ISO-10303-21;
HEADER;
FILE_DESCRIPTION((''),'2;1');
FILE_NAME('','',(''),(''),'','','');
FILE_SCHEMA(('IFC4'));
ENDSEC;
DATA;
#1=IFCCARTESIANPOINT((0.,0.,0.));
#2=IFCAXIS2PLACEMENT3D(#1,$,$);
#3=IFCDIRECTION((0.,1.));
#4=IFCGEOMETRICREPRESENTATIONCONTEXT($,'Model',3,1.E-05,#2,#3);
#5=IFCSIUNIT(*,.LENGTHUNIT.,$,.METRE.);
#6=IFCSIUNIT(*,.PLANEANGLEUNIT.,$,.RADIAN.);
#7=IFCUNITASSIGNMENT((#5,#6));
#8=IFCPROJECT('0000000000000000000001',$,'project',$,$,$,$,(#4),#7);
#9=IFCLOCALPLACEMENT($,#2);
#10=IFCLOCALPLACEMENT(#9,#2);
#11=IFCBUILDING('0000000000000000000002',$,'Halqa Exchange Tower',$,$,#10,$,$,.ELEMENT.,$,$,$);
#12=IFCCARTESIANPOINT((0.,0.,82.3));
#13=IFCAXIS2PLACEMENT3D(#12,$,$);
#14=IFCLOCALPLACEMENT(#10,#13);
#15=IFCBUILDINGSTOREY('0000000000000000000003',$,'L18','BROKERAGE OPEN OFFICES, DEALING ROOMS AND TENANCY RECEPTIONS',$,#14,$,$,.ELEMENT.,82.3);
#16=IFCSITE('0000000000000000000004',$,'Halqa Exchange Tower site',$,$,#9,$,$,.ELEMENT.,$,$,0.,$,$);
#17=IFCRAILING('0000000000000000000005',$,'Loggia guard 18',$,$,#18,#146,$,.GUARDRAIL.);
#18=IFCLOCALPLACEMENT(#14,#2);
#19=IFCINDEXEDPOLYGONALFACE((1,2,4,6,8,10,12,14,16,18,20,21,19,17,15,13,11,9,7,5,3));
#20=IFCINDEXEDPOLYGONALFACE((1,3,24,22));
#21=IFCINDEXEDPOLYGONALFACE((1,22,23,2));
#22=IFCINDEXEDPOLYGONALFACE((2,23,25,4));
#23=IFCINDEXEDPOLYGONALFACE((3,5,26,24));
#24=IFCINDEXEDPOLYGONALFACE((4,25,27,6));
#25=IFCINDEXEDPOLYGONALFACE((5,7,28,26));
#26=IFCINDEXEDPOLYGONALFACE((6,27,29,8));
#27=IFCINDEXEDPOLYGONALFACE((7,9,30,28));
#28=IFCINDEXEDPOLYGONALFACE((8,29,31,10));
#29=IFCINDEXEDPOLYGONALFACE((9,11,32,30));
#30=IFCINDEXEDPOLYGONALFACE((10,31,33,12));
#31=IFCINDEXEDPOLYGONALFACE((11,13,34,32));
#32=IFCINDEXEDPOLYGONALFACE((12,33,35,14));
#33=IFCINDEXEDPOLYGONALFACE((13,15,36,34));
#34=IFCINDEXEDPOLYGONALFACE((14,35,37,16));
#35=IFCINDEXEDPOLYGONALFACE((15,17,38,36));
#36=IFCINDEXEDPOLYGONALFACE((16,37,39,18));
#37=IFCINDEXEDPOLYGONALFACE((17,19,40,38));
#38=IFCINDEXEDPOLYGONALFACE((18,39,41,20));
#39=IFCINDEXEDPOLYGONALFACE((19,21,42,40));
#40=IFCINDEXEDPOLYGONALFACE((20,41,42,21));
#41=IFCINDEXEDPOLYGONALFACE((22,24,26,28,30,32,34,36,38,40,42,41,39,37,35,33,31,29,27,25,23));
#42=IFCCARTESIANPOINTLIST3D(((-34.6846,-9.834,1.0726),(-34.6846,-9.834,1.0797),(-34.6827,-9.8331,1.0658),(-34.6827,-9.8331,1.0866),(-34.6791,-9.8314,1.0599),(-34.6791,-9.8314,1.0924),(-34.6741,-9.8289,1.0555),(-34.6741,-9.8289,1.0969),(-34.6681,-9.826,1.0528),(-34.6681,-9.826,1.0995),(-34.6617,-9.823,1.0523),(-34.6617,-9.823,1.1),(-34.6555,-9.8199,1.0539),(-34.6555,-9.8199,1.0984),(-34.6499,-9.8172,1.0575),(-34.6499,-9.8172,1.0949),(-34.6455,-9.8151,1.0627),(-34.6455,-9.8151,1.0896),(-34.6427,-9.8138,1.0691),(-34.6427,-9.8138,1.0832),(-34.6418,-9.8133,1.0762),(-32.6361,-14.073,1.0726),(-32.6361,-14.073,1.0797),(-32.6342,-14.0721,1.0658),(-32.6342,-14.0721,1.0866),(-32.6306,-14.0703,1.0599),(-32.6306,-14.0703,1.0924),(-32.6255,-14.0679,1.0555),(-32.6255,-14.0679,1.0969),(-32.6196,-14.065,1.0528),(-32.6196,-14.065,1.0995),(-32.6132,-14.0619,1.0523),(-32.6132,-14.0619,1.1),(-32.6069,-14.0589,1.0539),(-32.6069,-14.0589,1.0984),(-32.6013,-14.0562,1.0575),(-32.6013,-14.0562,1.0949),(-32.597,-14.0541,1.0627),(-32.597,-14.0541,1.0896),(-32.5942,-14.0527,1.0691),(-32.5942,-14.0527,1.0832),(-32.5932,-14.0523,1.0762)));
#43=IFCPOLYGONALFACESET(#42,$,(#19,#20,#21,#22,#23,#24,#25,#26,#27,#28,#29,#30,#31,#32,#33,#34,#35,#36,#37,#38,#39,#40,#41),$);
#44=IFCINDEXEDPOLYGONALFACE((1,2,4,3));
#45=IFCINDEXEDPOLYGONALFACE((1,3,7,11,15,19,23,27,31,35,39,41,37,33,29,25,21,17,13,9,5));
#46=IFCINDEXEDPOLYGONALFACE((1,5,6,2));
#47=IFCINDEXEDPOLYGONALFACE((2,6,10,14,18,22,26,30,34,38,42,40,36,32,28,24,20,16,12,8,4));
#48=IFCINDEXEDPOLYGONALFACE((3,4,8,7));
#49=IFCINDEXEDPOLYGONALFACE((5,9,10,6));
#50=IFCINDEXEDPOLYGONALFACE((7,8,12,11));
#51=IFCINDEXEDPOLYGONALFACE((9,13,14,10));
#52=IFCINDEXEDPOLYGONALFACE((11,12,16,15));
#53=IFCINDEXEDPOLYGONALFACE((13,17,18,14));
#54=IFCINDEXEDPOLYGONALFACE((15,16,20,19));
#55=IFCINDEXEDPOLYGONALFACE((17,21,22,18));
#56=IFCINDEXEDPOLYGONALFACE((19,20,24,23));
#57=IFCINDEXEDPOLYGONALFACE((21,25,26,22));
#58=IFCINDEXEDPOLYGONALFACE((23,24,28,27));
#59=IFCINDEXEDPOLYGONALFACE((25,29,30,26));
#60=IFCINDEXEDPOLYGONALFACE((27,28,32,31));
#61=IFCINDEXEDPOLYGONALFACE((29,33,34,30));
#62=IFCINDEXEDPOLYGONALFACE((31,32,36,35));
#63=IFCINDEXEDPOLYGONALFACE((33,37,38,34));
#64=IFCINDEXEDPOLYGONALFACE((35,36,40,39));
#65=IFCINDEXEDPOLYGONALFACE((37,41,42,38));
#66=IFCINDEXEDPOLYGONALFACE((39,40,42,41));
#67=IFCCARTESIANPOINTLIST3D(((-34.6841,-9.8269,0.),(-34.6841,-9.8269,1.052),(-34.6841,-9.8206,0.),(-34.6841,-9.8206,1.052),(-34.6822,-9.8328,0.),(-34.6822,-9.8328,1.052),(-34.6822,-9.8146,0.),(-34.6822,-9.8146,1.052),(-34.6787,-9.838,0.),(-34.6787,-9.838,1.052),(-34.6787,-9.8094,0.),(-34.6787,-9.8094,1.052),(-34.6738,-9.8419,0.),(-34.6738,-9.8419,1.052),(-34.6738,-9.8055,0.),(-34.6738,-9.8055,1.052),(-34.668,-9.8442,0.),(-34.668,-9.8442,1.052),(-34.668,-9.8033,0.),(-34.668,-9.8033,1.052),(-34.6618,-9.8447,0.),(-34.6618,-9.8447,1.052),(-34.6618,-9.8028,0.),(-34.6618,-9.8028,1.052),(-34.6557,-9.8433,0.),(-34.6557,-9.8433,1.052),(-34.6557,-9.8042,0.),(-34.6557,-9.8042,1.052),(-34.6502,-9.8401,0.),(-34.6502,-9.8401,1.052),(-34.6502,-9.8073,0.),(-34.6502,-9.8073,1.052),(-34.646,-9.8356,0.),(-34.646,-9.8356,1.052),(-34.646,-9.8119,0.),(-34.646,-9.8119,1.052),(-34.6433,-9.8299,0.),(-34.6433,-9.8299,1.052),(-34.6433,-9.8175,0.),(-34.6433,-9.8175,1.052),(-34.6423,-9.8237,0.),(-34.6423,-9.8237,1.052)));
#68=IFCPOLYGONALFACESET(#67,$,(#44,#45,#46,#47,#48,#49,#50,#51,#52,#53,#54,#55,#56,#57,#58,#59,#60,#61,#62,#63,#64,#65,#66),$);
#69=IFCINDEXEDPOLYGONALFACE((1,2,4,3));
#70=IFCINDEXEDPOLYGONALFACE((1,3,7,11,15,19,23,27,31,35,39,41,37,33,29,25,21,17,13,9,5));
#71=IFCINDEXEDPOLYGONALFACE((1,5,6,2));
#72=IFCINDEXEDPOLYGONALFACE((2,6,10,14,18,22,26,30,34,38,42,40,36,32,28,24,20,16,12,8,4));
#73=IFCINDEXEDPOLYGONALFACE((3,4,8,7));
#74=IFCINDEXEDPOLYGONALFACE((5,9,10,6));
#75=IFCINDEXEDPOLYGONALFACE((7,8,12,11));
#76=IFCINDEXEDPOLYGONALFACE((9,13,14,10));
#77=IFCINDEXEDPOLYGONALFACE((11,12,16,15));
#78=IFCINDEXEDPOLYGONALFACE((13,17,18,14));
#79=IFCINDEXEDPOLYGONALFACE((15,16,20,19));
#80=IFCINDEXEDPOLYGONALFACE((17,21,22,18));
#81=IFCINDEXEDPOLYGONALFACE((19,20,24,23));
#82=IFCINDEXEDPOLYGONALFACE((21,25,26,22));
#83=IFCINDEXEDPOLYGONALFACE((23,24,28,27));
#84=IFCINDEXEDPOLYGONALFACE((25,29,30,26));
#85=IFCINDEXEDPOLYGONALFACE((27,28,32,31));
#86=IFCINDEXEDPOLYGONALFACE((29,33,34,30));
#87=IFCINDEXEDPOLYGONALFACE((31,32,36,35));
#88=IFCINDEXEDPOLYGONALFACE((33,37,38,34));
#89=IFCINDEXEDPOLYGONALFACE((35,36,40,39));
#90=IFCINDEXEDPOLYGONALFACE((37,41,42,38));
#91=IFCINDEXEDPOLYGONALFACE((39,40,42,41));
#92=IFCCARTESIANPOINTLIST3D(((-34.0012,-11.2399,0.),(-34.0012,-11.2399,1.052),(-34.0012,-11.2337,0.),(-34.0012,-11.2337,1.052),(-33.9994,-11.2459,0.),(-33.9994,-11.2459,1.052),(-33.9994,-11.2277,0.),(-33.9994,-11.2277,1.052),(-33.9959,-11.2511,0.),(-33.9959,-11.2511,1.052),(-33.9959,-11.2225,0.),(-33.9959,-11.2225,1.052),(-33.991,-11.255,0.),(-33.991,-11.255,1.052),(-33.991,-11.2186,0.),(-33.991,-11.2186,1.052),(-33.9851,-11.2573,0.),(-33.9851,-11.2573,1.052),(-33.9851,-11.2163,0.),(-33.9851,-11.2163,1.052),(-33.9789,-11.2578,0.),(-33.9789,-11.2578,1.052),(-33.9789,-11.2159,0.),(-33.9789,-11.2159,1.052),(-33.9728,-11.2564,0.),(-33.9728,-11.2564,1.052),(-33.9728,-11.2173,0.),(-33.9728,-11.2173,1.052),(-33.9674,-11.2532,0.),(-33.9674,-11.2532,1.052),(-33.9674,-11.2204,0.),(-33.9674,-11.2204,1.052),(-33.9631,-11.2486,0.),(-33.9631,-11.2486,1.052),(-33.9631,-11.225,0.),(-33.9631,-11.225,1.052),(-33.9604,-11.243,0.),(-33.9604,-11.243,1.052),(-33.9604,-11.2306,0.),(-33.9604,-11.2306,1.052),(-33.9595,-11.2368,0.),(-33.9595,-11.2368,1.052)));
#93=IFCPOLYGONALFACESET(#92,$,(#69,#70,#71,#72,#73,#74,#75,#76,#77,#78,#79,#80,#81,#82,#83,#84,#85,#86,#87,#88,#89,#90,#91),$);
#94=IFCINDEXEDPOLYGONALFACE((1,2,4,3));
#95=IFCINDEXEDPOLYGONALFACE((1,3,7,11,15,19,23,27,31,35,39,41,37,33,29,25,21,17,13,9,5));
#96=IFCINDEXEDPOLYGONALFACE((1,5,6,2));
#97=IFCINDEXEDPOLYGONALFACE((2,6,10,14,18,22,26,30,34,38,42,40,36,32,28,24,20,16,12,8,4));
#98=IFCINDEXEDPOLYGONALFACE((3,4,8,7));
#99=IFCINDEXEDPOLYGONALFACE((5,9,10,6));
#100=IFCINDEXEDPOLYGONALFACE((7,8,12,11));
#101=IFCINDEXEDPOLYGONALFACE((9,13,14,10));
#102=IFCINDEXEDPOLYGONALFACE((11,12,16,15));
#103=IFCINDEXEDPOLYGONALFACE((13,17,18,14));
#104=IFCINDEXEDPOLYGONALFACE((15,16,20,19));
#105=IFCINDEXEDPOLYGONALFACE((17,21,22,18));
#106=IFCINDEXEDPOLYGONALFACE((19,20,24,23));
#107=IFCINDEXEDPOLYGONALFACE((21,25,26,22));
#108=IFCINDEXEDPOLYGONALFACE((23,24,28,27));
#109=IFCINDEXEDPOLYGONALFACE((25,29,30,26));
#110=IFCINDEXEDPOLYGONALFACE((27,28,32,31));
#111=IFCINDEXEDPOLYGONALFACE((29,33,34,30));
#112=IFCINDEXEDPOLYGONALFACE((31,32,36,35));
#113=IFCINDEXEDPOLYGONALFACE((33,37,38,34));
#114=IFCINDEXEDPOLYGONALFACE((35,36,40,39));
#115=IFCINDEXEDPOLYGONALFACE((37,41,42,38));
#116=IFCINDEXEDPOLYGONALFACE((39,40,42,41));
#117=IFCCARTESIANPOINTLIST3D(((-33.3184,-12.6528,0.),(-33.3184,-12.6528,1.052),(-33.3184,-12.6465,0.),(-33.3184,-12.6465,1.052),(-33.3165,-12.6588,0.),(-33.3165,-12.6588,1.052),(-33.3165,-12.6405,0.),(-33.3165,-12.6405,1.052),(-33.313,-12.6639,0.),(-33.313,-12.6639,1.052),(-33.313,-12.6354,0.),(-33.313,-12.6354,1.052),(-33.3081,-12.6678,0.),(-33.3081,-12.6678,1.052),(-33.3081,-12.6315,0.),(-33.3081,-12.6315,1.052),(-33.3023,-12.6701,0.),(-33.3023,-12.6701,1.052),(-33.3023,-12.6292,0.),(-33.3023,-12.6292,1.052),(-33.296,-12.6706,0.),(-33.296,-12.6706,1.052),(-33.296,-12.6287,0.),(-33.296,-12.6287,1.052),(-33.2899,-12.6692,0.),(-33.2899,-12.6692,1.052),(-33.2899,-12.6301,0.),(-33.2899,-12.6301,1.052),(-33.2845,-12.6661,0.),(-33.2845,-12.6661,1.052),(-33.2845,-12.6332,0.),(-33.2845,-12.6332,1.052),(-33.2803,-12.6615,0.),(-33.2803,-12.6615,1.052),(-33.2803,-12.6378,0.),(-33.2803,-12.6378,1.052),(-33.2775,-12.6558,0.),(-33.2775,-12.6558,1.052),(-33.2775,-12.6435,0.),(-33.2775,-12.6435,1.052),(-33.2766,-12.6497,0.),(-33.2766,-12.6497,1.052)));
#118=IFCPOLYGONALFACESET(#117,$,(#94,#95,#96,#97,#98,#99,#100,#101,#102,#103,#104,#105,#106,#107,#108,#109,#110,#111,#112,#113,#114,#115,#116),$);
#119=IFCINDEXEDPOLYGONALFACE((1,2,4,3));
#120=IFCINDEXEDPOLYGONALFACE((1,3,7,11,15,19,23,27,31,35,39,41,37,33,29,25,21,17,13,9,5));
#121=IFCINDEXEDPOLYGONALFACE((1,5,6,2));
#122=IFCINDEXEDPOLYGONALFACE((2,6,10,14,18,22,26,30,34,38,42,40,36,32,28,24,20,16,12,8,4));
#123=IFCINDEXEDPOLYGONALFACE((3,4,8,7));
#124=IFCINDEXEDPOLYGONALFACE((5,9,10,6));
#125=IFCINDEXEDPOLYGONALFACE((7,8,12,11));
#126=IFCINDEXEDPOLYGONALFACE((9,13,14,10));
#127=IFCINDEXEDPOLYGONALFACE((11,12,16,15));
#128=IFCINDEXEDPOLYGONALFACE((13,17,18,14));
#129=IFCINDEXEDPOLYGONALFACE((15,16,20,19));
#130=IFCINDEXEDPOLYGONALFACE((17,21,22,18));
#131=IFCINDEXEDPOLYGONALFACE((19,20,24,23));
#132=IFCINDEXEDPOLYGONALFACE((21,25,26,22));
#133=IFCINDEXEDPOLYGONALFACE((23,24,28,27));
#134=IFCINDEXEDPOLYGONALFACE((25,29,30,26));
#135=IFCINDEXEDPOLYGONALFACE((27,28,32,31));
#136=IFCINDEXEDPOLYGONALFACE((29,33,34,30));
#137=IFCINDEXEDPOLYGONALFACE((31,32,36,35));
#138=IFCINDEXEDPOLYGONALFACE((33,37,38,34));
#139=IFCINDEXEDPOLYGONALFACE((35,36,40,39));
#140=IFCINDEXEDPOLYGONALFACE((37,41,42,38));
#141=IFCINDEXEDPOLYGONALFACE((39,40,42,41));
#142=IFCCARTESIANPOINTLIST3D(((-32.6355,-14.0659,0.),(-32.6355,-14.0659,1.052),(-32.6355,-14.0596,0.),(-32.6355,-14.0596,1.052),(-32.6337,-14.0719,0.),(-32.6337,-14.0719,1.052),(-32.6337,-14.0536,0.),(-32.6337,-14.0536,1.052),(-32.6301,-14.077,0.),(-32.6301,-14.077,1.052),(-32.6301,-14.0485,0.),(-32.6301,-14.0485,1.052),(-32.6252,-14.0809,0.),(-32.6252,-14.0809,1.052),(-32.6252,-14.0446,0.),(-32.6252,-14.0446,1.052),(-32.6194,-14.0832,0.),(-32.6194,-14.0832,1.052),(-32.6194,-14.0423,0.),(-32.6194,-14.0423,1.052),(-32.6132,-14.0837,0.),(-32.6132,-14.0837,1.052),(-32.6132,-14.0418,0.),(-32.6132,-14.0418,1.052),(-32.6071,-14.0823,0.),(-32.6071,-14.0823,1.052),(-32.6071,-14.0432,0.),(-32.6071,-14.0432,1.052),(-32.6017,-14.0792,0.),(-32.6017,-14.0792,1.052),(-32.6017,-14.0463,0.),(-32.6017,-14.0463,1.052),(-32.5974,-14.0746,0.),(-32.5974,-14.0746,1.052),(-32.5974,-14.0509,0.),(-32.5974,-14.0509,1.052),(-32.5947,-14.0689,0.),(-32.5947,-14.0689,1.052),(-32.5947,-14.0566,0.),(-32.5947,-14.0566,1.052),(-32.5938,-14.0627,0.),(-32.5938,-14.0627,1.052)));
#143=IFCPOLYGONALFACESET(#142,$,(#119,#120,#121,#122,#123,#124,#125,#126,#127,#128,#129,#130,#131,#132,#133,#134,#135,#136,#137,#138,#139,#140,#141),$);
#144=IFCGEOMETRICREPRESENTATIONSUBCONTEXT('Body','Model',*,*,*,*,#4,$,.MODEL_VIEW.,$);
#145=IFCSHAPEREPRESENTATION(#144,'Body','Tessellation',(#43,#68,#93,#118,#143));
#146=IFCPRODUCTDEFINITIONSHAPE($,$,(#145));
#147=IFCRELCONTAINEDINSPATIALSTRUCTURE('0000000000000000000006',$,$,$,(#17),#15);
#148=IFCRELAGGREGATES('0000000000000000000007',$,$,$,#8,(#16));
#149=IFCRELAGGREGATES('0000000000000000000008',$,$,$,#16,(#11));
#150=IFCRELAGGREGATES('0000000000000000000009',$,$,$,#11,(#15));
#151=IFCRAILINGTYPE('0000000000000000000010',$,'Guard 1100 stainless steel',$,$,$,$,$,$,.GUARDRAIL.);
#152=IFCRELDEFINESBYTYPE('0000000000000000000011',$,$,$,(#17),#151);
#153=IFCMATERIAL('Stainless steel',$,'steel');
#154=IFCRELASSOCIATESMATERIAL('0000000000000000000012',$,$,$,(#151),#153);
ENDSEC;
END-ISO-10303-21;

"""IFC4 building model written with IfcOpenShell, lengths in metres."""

from ifc_helpers import new_model, si_unit, direction, frame, origin, origin_2d, place, context, subcontext, project, spatial, circle, extrude, material, type_object, element, save


model = new_model("IFC4")

# Units and contexts
model_context = context("Model", 3, precision=1e-05, world=origin(), true_north=direction((0.0, 1.0)))
body_context = subcontext(model_context, "Body", "Model", "MODEL_VIEW")
ifc_project = project(units=[si_unit("LENGTHUNIT", "METRE"), si_unit("PLANEANGLEUNIT", "RADIAN")], contexts=[model_context])

# Site, building, storey
site_placement = place(None, origin())
site = spatial("IfcSite", under=ifc_project, at=site_placement, Name="Halqa Exchange Tower site", CompositionType="ELEMENT", RefElevation=0.0)
building_placement = place(site_placement, origin())
building = spatial("IfcBuilding", under=site, at=building_placement, Name="Halqa Exchange Tower", CompositionType="ELEMENT")
storey_placement = place(building_placement, frame((0.0, 0.0, 82.3)))
storey = spatial("IfcBuildingStorey", under=building, at=storey_placement, Name="L18", Description="BROKERAGE OPEN OFFICES, DEALING ROOMS AND TENANCY RECEPTIONS", CompositionType="ELEMENT", Elevation=82.3)

# Railing
ifc_material_1 = material(Name="Stainless steel", Category="steel")
railing_type = type_object("IfcRailingType", Name="Guard 1100 stainless steel", PredefinedType="GUARDRAIL", material=ifc_material_1)
railing_1_placement = place(storey_placement, frame((-34.6633, -9.8237, 0.0)))
element("IfcRailing", 1, at=railing_1_placement, inside=storey, type_object=railing_type, Name="Loggia guard 18", PredefinedType="GUARDRAIL", context=body_context, shape_type="SweptSolid", body=[
    extrude(circle(Radius=0.0239, at=origin_2d()), frame((0.0, 0.0, 1.0762), z_axis=(0.435122, -0.900372, 0.0), x_axis=(0.900372, 0.435122, 0.0)), (0.0, 0.0, 1.0), 4.708),
    extrude(circle(Radius=0.021, at=origin_2d()), origin(), (0.0, 0.0, 1.0), 1.052),
    extrude(circle(Radius=0.021, at=origin_2d()), frame((0.6829, -1.4131, 0.0)), (0.0, 0.0, 1.0), 1.052),
    extrude(circle(Radius=0.021, at=origin_2d()), frame((1.3657, -2.8259, 0.0)), (0.0, 0.0, 1.0), 1.052),
    extrude(circle(Radius=0.021, at=origin_2d()), frame((2.0486, -4.239, 0.0)), (0.0, 0.0, 1.0), 1.052),
])

save(model, "model.ifc")
